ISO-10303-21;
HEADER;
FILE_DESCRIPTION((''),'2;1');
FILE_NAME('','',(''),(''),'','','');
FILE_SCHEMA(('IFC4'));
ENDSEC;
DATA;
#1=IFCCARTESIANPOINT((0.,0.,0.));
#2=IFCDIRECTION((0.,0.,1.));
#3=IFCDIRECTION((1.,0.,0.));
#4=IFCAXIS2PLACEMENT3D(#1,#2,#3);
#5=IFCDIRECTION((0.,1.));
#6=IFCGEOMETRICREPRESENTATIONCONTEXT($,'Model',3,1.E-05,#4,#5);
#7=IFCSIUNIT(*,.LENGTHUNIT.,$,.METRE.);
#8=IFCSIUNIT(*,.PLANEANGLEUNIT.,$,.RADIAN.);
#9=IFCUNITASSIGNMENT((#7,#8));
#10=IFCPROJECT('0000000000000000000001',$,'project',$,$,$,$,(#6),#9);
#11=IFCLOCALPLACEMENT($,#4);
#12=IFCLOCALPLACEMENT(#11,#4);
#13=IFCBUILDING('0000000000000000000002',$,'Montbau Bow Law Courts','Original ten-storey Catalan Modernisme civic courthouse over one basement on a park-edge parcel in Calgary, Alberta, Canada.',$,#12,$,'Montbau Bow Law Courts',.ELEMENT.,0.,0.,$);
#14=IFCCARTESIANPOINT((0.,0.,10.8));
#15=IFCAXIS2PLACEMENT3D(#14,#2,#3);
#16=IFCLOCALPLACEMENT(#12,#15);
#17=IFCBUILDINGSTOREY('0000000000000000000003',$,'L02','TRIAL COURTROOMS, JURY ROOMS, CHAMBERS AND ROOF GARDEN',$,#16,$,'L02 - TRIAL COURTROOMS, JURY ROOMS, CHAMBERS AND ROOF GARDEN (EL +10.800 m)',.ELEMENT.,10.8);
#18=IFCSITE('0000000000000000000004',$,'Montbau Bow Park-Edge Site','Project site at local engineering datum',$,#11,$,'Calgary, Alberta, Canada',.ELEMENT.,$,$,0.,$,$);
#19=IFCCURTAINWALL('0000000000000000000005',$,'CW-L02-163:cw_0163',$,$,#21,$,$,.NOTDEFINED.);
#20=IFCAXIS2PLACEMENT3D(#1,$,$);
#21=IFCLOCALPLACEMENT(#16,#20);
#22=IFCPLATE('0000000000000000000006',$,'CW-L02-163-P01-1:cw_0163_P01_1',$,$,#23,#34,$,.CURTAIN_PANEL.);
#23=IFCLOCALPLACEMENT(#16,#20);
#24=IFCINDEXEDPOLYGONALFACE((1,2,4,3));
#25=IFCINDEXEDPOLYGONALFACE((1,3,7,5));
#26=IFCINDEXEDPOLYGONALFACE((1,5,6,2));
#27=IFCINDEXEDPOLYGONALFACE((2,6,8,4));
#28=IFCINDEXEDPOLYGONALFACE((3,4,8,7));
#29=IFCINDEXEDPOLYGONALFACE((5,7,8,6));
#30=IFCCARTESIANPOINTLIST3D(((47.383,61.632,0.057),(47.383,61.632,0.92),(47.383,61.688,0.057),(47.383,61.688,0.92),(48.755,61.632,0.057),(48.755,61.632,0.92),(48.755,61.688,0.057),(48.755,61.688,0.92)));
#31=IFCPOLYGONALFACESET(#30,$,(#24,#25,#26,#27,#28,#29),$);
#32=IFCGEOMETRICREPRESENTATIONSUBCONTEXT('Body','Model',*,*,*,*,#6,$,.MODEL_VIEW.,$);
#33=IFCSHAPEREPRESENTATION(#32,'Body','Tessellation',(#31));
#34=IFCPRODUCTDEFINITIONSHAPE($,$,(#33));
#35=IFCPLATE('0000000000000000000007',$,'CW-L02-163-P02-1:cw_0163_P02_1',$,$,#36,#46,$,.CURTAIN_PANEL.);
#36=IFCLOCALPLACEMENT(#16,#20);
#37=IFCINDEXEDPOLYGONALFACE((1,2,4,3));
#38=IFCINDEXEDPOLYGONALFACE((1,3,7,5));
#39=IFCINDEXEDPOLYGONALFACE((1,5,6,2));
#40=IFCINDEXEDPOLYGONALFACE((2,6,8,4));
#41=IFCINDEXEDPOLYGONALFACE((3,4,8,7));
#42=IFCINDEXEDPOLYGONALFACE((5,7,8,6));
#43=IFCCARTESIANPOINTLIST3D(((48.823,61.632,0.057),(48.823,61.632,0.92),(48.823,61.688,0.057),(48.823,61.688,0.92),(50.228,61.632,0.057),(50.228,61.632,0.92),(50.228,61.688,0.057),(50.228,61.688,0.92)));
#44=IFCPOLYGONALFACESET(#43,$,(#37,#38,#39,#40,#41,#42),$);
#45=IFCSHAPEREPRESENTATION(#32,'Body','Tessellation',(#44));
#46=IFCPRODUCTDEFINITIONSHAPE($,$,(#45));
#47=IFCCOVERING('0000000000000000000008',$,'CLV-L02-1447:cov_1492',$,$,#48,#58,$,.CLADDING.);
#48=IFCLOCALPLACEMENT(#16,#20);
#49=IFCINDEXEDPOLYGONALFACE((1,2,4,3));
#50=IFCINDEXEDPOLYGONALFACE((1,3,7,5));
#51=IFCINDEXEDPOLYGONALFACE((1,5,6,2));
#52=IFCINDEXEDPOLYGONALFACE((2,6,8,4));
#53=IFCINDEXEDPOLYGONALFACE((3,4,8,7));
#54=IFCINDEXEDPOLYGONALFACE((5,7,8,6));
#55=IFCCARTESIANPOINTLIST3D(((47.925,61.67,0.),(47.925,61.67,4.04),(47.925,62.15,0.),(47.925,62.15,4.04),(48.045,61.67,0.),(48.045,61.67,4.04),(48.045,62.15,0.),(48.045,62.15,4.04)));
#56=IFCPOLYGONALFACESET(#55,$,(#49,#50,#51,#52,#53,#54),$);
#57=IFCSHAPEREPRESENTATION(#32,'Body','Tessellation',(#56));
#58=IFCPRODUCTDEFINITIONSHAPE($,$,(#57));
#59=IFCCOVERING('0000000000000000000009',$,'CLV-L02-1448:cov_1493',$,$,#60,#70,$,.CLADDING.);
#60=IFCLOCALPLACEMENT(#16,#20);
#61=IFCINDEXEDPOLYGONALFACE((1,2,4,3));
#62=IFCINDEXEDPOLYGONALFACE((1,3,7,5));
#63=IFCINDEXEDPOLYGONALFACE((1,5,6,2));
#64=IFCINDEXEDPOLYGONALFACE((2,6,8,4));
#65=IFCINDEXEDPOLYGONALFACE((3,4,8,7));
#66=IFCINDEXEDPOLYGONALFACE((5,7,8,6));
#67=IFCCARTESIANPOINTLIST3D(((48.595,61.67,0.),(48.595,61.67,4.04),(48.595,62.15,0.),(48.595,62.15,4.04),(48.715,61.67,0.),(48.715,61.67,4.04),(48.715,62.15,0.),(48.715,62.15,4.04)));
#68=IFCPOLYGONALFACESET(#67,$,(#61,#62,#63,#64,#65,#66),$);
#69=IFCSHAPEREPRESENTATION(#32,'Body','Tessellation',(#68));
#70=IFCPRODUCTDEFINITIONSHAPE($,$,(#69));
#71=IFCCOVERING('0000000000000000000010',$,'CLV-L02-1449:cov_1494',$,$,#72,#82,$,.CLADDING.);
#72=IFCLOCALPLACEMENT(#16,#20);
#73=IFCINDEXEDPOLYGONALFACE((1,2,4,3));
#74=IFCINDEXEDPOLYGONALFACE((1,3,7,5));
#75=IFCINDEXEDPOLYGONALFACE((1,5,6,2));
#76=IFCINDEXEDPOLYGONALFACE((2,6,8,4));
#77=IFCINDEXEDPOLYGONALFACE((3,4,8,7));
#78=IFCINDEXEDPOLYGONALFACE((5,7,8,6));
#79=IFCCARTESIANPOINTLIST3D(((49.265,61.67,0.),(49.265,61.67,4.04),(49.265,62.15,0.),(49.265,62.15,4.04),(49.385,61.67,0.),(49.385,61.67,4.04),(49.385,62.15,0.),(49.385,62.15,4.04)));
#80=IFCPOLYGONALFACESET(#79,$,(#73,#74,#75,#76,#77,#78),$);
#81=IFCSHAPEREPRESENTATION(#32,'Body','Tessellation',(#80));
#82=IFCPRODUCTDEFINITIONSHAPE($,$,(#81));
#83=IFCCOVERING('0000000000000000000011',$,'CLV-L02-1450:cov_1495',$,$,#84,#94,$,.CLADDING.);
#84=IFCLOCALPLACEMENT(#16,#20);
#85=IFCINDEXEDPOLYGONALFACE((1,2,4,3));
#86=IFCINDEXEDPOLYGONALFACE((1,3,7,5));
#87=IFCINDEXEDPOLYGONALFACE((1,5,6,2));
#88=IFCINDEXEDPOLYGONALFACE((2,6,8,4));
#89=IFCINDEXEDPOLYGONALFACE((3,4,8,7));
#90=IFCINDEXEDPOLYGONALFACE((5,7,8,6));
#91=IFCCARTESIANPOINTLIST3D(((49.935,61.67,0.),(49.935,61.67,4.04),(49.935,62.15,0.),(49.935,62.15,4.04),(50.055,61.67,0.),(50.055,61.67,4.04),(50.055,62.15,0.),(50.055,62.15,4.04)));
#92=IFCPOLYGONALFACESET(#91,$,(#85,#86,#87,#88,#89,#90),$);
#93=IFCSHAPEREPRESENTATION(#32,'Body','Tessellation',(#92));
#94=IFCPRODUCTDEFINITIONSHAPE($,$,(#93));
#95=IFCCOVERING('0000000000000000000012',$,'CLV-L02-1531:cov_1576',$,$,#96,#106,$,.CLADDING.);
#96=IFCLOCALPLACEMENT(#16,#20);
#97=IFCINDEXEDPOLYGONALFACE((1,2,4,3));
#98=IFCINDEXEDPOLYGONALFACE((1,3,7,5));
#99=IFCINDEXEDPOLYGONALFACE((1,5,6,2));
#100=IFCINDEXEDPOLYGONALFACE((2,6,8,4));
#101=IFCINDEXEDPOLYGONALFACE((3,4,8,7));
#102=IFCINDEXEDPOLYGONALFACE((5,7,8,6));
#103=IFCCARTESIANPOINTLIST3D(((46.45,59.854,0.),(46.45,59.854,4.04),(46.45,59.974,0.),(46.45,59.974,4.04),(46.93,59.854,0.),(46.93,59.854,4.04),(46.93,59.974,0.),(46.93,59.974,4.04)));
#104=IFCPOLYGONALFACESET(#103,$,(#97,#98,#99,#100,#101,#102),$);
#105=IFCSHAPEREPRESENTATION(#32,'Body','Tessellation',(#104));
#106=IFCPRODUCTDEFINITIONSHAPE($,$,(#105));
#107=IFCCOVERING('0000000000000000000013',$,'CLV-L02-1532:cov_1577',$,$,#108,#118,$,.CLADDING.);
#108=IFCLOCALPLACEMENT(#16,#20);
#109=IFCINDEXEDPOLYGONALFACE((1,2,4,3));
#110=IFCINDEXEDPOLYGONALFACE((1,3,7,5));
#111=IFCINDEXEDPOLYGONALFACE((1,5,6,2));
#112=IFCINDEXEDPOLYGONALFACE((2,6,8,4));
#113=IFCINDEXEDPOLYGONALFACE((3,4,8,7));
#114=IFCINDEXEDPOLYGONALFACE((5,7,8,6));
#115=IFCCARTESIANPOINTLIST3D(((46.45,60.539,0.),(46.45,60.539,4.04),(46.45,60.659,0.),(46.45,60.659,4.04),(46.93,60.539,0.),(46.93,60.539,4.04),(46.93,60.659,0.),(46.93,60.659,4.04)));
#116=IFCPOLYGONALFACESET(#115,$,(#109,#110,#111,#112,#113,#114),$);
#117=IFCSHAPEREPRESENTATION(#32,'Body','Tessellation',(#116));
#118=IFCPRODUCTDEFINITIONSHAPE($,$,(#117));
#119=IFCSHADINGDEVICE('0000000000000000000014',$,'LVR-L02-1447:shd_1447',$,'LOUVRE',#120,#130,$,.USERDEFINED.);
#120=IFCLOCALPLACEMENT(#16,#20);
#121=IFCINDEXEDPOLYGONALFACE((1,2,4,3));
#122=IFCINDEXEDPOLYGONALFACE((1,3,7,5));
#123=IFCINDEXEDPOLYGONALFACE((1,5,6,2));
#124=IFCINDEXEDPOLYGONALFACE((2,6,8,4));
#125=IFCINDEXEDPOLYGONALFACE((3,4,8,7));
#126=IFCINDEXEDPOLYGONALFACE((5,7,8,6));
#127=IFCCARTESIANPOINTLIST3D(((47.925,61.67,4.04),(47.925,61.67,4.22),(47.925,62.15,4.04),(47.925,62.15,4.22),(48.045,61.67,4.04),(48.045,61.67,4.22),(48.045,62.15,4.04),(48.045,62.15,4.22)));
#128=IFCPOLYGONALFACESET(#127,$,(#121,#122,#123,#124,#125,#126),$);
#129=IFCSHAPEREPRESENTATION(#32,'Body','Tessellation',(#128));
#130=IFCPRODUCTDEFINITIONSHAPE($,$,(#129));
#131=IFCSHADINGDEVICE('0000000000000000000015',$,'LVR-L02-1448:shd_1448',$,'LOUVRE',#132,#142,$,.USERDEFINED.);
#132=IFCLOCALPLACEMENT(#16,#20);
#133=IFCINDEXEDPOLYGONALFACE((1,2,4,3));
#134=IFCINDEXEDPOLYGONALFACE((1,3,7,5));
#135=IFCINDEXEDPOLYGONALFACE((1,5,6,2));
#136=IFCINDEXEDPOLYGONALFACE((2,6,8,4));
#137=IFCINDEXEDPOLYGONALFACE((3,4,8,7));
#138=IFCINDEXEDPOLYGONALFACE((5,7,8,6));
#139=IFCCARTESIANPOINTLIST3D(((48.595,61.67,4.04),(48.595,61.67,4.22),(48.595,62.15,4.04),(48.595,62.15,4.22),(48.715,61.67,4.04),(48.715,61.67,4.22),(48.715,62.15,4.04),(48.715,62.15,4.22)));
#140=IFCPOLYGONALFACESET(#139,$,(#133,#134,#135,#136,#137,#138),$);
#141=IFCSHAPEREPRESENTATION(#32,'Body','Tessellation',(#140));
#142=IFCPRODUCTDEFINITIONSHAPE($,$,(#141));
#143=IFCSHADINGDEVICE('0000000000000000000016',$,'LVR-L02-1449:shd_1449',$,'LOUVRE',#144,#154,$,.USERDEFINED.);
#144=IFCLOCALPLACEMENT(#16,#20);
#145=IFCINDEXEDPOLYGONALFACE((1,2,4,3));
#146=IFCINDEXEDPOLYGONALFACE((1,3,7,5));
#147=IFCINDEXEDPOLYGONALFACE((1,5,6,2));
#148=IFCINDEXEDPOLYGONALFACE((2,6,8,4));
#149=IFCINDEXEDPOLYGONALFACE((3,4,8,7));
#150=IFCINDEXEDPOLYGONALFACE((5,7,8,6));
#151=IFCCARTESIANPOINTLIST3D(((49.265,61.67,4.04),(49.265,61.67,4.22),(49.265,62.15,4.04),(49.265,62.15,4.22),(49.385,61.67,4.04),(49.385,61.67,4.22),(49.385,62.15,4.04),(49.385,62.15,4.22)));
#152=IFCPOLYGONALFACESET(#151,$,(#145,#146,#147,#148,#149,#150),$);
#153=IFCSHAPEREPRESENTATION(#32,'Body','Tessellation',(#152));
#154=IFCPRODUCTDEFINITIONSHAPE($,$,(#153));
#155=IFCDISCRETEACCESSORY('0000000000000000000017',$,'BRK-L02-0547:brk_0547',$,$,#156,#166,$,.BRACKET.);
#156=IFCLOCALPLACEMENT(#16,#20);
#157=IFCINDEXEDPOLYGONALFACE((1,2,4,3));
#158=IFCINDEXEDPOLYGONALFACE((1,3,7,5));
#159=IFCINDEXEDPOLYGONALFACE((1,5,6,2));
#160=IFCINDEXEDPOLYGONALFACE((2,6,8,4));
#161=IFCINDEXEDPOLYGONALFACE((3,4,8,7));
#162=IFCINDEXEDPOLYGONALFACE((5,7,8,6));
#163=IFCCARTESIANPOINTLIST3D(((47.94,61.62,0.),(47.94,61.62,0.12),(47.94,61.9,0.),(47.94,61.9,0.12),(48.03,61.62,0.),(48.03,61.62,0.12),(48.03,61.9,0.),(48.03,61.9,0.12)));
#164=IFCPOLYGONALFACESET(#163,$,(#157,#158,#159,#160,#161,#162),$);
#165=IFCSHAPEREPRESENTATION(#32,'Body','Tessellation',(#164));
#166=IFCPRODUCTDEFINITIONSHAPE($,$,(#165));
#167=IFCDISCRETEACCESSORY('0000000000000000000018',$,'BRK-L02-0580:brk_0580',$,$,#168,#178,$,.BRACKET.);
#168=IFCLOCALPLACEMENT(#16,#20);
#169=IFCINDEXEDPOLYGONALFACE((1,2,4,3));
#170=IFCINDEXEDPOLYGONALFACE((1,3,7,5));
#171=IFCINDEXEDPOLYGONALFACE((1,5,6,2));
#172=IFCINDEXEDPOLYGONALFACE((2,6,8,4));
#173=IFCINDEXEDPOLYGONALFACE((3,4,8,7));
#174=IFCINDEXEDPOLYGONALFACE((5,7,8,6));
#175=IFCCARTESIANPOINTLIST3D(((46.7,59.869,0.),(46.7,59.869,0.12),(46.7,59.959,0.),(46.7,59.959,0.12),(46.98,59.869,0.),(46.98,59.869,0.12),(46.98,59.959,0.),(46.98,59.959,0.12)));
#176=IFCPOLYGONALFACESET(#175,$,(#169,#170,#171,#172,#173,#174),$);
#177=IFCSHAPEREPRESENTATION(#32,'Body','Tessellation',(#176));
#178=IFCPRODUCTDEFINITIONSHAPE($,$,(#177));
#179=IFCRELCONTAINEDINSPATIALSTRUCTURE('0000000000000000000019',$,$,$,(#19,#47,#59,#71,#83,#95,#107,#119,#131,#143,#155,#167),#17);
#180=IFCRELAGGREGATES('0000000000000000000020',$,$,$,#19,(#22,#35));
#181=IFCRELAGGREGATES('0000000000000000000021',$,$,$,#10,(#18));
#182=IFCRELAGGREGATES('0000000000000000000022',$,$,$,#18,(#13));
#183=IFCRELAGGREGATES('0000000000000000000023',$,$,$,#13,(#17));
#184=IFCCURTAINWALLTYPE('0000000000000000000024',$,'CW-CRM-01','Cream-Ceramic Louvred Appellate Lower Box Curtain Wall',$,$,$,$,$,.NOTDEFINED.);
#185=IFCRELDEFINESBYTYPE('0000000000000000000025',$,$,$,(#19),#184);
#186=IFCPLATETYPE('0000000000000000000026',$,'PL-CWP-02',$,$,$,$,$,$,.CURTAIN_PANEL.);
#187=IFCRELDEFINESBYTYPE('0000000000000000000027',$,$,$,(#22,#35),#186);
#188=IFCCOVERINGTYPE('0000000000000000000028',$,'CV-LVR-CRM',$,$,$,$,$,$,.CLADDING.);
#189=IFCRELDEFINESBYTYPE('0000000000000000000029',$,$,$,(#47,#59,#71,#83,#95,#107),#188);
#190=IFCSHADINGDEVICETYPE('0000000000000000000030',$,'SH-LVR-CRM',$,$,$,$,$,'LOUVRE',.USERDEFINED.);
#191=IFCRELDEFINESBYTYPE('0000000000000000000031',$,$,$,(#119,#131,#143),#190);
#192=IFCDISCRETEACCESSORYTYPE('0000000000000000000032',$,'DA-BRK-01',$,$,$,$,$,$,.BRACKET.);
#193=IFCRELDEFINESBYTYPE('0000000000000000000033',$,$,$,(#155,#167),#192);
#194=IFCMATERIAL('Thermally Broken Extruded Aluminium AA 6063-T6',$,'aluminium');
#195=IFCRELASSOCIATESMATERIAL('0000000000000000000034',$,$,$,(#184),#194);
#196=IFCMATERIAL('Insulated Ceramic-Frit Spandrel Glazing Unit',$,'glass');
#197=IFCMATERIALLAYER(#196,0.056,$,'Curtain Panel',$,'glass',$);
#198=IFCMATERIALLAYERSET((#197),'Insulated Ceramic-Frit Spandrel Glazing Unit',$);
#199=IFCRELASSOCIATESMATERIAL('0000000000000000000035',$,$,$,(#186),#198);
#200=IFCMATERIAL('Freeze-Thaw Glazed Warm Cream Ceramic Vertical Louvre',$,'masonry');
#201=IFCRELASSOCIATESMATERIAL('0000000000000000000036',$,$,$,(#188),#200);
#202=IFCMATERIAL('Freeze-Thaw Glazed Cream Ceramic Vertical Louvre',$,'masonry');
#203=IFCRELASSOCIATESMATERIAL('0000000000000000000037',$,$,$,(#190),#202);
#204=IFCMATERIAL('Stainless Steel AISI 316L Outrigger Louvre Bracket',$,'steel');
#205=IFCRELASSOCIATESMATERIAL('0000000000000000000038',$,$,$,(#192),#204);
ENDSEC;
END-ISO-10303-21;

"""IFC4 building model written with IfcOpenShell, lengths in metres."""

from ifc_helpers import new_model, si_unit, direction, frame, frame_2d, origin_with_axes, origin_2d_with_axis, place, context, subcontext, project, spatial, rectangle, extrude, material, layer, layer_set, type_object, element, aggregate, save


model = new_model("IFC4")

# Units and contexts
model_context = context("Model", 3, precision=1e-05, world=origin_with_axes(), true_north=direction((0.0, 1.0)))
body_context = subcontext(model_context, "Body", "Model", "MODEL_VIEW")
ifc_project = project(units=[si_unit("LENGTHUNIT", "METRE"), si_unit("PLANEANGLEUNIT", "RADIAN")], contexts=[model_context])

# Site, building, storey
site_placement = place(None, origin_with_axes())
site = spatial("IfcSite", under=ifc_project, at=site_placement, Name="Montbau Bow Park-Edge Site", Description="Project site at local engineering datum", LongName="Calgary, Alberta, Canada", CompositionType="ELEMENT", RefElevation=0.0)
building_placement = place(site_placement, origin_with_axes())
building = spatial("IfcBuilding", under=site, at=building_placement, Name="Montbau Bow Law Courts", Description="Original ten-storey Catalan Modernisme civic courthouse over one basement on a park-edge parcel in Calgary, Alberta, Canada.", LongName="Montbau Bow Law Courts", CompositionType="ELEMENT", ElevationOfRefHeight=0.0, ElevationOfTerrain=0.0)
storey_placement = place(building_placement, frame((0.0, 0.0, 10.8), z_axis=(0.0, 0.0, 1.0), x_axis=(1.0, 0.0, 0.0)))
storey = spatial("IfcBuildingStorey", under=building, at=storey_placement, Name="L02", Description="TRIAL COURTROOMS, JURY ROOMS, CHAMBERS AND ROOF GARDEN", LongName="L02 - TRIAL COURTROOMS, JURY ROOMS, CHAMBERS AND ROOF GARDEN (EL +10.800 m)", CompositionType="ELEMENT", Elevation=10.8)

# Shared definitions
ifc_material_1 = material(Name="Thermally Broken Extruded Aluminium AA 6063-T6", Category="aluminium")
curtain_wall_type = type_object("IfcCurtainWallType", Name="CW-CRM-01", Description="Cream-Ceramic Louvred Appellate Lower Box Curtain Wall", PredefinedType="NOTDEFINED", material=ifc_material_1)

# Curtain wall
curtain_wall_1_placement = place(None, frame((47.315, 61.66, 10.8), z_axis=(0.0, 0.0, 1.0), x_axis=(1.0, 0.0, 0.0)))
curtain_wall_1 = element("IfcCurtainWall", 1, at=curtain_wall_1_placement, inside=storey, type_object=curtain_wall_type, Name="CW-L02-163:cw_0163", PredefinedType="NOTDEFINED")

# Plates
ifc_material_2 = material(Name="Insulated Ceramic-Frit Spandrel Glazing Unit", Category="glass")
ifc_layer_1 = layer(ifc_material_2, 0.056, Name="Curtain Panel", Category="glass")
ifc_layer_set_1 = layer_set([ifc_layer_1], Name="Insulated Ceramic-Frit Spandrel Glazing Unit")
plate_type_1 = type_object("IfcPlateType", Name="PL-CWP-02", PredefinedType="CURTAIN_PANEL", material=ifc_layer_set_1)
plate_1_placement = place(None, frame((47.383, 61.66, 10.857), z_axis=(0.0, -1.0, 0.0), x_axis=(1.0, 0.0, 0.0)))
plate_1 = element("IfcPlate", 2, at=plate_1_placement, type_object=plate_type_1, Name="CW-L02-163-P01-1:cw_0163_P01_1", PredefinedType="CURTAIN_PANEL", context=body_context, shape_type="SweptSolid", body=[
    extrude(rectangle(XDim=1.372, YDim=0.863, at=frame_2d((0.686, 0.4315), x_axis=(1.0, 0.0))), frame((0.0, 0.0, -0.028), z_axis=(0.0, 0.0, 1.0), x_axis=(1.0, 0.0, 0.0)), (0.0, 0.0, 1.0), 0.056),
])
plate_2_placement = place(None, frame((48.823, 61.66, 10.857), z_axis=(0.0, -1.0, 0.0), x_axis=(1.0, 0.0, 0.0)))
plate_2 = element("IfcPlate", 3, at=plate_2_placement, type_object=plate_type_1, Name="CW-L02-163-P02-1:cw_0163_P02_1", PredefinedType="CURTAIN_PANEL", context=body_context, shape_type="SweptSolid", body=[
    extrude(rectangle(XDim=1.405, YDim=0.863, at=frame_2d((0.7025, 0.4315), x_axis=(1.0, 0.0))), frame((0.0, 0.0, -0.028), z_axis=(0.0, 0.0, 1.0), x_axis=(1.0, 0.0, 0.0)), (0.0, 0.0, 1.0), 0.056),
])
aggregate(curtain_wall_1, [plate_1, plate_2])

# Coverings
ifc_material_3 = material(Name="Freeze-Thaw Glazed Warm Cream Ceramic Vertical Louvre", Category="masonry")
covering_type = type_object("IfcCoveringType", Name="CV-LVR-CRM", PredefinedType="CLADDING", material=ifc_material_3)
for number, where, z_axis, x_axis, name in (
    (4, (47.985, 61.67, 10.8), (1.0, 0.0, 0.0), (0.0, 1.0, 0.0), "CLV-L02-1447:cov_1492"),
    (5, (48.655, 61.67, 10.8), (1.0, 0.0, 0.0), (0.0, 1.0, 0.0), "CLV-L02-1448:cov_1493"),
    (6, (49.325, 61.67, 10.8), (1.0, 0.0, 0.0), (0.0, 1.0, 0.0), "CLV-L02-1449:cov_1494"),
    (7, (49.995, 61.67, 10.8), (1.0, 0.0, 0.0), (0.0, 1.0, 0.0), "CLV-L02-1450:cov_1495"),
    (8, (46.93, 59.914, 10.8), (0.0, 1.0, 0.0), (-1.0, 0.0, 0.0), "CLV-L02-1531:cov_1576"),
    (9, (46.93, 60.599, 10.8), (0.0, 1.0, 0.0), (-1.0, 0.0, 0.0), "CLV-L02-1532:cov_1577"),
):
    element("IfcCovering", number, at=place(None, frame(where, z_axis=z_axis, x_axis=x_axis)), inside=storey, type_object=covering_type, Name=name, PredefinedType="CLADDING", context=body_context, shape_type="SweptSolid", body=[
        extrude(rectangle(XDim=0.48, YDim=4.04, at=frame_2d((0.24, 2.02), x_axis=(1.0, 0.0))), frame((0.0, 0.0, -0.06), z_axis=(0.0, 0.0, 1.0), x_axis=(1.0, 0.0, 0.0)), (0.0, 0.0, 1.0), 0.12),
    ])

# Shading devices
ifc_material_4 = material(Name="Freeze-Thaw Glazed Cream Ceramic Vertical Louvre", Category="masonry")
shading_device_type = type_object("IfcShadingDeviceType", Name="SH-LVR-CRM", ElementType="LOUVRE", PredefinedType="USERDEFINED", material=ifc_material_4)
for number, where, z_axis, x_axis, name in (
    (10, (47.985, 61.91, 14.84), (0.0, 0.0, 1.0), (0.0, 1.0, 0.0), "LVR-L02-1447:shd_1447"),
    (11, (48.655, 61.91, 14.84), (0.0, 0.0, 1.0), (0.0, 1.0, 0.0), "LVR-L02-1448:shd_1448"),
    (12, (49.325, 61.91, 14.84), (0.0, 0.0, 1.0), (0.0, 1.0, 0.0), "LVR-L02-1449:shd_1449"),
):
    element("IfcShadingDevice", number, at=place(None, frame(where, z_axis=z_axis, x_axis=x_axis)), inside=storey, type_object=shading_device_type, Name=name, ObjectType="LOUVRE", PredefinedType="USERDEFINED", context=body_context, shape_type="SweptSolid", body=[
        extrude(rectangle(XDim=0.48, YDim=0.12, at=origin_2d_with_axis()), origin_with_axes(), (0.0, 0.0, 1.0), 0.18),
    ])

# Discrete accessories
ifc_material_5 = material(Name="Stainless Steel AISI 316L Outrigger Louvre Bracket", Category="steel")
discrete_accessory_type = type_object("IfcDiscreteAccessoryType", Name="DA-BRK-01", PredefinedType="BRACKET", material=ifc_material_5)
for number, where, z_axis, x_axis, name in (
    (13, (47.985, 61.76, 10.8), (0.0, 0.0, 1.0), (0.0, 1.0, 0.0), "BRK-L02-0547:brk_0547"),
    (14, (46.84, 59.914, 10.8), (0.0, 0.0, 1.0), (-1.0, 0.0, 0.0), "BRK-L02-0580:brk_0580"),
):
    element("IfcDiscreteAccessory", number, at=place(None, frame(where, z_axis=z_axis, x_axis=x_axis)), inside=storey, type_object=discrete_accessory_type, Name=name, PredefinedType="BRACKET", context=body_context, shape_type="SweptSolid", body=[
        extrude(rectangle(XDim=0.28, YDim=0.09, at=origin_2d_with_axis()), origin_with_axes(), (0.0, 0.0, 1.0), 0.12),
    ])

save(model, "model.ifc")
